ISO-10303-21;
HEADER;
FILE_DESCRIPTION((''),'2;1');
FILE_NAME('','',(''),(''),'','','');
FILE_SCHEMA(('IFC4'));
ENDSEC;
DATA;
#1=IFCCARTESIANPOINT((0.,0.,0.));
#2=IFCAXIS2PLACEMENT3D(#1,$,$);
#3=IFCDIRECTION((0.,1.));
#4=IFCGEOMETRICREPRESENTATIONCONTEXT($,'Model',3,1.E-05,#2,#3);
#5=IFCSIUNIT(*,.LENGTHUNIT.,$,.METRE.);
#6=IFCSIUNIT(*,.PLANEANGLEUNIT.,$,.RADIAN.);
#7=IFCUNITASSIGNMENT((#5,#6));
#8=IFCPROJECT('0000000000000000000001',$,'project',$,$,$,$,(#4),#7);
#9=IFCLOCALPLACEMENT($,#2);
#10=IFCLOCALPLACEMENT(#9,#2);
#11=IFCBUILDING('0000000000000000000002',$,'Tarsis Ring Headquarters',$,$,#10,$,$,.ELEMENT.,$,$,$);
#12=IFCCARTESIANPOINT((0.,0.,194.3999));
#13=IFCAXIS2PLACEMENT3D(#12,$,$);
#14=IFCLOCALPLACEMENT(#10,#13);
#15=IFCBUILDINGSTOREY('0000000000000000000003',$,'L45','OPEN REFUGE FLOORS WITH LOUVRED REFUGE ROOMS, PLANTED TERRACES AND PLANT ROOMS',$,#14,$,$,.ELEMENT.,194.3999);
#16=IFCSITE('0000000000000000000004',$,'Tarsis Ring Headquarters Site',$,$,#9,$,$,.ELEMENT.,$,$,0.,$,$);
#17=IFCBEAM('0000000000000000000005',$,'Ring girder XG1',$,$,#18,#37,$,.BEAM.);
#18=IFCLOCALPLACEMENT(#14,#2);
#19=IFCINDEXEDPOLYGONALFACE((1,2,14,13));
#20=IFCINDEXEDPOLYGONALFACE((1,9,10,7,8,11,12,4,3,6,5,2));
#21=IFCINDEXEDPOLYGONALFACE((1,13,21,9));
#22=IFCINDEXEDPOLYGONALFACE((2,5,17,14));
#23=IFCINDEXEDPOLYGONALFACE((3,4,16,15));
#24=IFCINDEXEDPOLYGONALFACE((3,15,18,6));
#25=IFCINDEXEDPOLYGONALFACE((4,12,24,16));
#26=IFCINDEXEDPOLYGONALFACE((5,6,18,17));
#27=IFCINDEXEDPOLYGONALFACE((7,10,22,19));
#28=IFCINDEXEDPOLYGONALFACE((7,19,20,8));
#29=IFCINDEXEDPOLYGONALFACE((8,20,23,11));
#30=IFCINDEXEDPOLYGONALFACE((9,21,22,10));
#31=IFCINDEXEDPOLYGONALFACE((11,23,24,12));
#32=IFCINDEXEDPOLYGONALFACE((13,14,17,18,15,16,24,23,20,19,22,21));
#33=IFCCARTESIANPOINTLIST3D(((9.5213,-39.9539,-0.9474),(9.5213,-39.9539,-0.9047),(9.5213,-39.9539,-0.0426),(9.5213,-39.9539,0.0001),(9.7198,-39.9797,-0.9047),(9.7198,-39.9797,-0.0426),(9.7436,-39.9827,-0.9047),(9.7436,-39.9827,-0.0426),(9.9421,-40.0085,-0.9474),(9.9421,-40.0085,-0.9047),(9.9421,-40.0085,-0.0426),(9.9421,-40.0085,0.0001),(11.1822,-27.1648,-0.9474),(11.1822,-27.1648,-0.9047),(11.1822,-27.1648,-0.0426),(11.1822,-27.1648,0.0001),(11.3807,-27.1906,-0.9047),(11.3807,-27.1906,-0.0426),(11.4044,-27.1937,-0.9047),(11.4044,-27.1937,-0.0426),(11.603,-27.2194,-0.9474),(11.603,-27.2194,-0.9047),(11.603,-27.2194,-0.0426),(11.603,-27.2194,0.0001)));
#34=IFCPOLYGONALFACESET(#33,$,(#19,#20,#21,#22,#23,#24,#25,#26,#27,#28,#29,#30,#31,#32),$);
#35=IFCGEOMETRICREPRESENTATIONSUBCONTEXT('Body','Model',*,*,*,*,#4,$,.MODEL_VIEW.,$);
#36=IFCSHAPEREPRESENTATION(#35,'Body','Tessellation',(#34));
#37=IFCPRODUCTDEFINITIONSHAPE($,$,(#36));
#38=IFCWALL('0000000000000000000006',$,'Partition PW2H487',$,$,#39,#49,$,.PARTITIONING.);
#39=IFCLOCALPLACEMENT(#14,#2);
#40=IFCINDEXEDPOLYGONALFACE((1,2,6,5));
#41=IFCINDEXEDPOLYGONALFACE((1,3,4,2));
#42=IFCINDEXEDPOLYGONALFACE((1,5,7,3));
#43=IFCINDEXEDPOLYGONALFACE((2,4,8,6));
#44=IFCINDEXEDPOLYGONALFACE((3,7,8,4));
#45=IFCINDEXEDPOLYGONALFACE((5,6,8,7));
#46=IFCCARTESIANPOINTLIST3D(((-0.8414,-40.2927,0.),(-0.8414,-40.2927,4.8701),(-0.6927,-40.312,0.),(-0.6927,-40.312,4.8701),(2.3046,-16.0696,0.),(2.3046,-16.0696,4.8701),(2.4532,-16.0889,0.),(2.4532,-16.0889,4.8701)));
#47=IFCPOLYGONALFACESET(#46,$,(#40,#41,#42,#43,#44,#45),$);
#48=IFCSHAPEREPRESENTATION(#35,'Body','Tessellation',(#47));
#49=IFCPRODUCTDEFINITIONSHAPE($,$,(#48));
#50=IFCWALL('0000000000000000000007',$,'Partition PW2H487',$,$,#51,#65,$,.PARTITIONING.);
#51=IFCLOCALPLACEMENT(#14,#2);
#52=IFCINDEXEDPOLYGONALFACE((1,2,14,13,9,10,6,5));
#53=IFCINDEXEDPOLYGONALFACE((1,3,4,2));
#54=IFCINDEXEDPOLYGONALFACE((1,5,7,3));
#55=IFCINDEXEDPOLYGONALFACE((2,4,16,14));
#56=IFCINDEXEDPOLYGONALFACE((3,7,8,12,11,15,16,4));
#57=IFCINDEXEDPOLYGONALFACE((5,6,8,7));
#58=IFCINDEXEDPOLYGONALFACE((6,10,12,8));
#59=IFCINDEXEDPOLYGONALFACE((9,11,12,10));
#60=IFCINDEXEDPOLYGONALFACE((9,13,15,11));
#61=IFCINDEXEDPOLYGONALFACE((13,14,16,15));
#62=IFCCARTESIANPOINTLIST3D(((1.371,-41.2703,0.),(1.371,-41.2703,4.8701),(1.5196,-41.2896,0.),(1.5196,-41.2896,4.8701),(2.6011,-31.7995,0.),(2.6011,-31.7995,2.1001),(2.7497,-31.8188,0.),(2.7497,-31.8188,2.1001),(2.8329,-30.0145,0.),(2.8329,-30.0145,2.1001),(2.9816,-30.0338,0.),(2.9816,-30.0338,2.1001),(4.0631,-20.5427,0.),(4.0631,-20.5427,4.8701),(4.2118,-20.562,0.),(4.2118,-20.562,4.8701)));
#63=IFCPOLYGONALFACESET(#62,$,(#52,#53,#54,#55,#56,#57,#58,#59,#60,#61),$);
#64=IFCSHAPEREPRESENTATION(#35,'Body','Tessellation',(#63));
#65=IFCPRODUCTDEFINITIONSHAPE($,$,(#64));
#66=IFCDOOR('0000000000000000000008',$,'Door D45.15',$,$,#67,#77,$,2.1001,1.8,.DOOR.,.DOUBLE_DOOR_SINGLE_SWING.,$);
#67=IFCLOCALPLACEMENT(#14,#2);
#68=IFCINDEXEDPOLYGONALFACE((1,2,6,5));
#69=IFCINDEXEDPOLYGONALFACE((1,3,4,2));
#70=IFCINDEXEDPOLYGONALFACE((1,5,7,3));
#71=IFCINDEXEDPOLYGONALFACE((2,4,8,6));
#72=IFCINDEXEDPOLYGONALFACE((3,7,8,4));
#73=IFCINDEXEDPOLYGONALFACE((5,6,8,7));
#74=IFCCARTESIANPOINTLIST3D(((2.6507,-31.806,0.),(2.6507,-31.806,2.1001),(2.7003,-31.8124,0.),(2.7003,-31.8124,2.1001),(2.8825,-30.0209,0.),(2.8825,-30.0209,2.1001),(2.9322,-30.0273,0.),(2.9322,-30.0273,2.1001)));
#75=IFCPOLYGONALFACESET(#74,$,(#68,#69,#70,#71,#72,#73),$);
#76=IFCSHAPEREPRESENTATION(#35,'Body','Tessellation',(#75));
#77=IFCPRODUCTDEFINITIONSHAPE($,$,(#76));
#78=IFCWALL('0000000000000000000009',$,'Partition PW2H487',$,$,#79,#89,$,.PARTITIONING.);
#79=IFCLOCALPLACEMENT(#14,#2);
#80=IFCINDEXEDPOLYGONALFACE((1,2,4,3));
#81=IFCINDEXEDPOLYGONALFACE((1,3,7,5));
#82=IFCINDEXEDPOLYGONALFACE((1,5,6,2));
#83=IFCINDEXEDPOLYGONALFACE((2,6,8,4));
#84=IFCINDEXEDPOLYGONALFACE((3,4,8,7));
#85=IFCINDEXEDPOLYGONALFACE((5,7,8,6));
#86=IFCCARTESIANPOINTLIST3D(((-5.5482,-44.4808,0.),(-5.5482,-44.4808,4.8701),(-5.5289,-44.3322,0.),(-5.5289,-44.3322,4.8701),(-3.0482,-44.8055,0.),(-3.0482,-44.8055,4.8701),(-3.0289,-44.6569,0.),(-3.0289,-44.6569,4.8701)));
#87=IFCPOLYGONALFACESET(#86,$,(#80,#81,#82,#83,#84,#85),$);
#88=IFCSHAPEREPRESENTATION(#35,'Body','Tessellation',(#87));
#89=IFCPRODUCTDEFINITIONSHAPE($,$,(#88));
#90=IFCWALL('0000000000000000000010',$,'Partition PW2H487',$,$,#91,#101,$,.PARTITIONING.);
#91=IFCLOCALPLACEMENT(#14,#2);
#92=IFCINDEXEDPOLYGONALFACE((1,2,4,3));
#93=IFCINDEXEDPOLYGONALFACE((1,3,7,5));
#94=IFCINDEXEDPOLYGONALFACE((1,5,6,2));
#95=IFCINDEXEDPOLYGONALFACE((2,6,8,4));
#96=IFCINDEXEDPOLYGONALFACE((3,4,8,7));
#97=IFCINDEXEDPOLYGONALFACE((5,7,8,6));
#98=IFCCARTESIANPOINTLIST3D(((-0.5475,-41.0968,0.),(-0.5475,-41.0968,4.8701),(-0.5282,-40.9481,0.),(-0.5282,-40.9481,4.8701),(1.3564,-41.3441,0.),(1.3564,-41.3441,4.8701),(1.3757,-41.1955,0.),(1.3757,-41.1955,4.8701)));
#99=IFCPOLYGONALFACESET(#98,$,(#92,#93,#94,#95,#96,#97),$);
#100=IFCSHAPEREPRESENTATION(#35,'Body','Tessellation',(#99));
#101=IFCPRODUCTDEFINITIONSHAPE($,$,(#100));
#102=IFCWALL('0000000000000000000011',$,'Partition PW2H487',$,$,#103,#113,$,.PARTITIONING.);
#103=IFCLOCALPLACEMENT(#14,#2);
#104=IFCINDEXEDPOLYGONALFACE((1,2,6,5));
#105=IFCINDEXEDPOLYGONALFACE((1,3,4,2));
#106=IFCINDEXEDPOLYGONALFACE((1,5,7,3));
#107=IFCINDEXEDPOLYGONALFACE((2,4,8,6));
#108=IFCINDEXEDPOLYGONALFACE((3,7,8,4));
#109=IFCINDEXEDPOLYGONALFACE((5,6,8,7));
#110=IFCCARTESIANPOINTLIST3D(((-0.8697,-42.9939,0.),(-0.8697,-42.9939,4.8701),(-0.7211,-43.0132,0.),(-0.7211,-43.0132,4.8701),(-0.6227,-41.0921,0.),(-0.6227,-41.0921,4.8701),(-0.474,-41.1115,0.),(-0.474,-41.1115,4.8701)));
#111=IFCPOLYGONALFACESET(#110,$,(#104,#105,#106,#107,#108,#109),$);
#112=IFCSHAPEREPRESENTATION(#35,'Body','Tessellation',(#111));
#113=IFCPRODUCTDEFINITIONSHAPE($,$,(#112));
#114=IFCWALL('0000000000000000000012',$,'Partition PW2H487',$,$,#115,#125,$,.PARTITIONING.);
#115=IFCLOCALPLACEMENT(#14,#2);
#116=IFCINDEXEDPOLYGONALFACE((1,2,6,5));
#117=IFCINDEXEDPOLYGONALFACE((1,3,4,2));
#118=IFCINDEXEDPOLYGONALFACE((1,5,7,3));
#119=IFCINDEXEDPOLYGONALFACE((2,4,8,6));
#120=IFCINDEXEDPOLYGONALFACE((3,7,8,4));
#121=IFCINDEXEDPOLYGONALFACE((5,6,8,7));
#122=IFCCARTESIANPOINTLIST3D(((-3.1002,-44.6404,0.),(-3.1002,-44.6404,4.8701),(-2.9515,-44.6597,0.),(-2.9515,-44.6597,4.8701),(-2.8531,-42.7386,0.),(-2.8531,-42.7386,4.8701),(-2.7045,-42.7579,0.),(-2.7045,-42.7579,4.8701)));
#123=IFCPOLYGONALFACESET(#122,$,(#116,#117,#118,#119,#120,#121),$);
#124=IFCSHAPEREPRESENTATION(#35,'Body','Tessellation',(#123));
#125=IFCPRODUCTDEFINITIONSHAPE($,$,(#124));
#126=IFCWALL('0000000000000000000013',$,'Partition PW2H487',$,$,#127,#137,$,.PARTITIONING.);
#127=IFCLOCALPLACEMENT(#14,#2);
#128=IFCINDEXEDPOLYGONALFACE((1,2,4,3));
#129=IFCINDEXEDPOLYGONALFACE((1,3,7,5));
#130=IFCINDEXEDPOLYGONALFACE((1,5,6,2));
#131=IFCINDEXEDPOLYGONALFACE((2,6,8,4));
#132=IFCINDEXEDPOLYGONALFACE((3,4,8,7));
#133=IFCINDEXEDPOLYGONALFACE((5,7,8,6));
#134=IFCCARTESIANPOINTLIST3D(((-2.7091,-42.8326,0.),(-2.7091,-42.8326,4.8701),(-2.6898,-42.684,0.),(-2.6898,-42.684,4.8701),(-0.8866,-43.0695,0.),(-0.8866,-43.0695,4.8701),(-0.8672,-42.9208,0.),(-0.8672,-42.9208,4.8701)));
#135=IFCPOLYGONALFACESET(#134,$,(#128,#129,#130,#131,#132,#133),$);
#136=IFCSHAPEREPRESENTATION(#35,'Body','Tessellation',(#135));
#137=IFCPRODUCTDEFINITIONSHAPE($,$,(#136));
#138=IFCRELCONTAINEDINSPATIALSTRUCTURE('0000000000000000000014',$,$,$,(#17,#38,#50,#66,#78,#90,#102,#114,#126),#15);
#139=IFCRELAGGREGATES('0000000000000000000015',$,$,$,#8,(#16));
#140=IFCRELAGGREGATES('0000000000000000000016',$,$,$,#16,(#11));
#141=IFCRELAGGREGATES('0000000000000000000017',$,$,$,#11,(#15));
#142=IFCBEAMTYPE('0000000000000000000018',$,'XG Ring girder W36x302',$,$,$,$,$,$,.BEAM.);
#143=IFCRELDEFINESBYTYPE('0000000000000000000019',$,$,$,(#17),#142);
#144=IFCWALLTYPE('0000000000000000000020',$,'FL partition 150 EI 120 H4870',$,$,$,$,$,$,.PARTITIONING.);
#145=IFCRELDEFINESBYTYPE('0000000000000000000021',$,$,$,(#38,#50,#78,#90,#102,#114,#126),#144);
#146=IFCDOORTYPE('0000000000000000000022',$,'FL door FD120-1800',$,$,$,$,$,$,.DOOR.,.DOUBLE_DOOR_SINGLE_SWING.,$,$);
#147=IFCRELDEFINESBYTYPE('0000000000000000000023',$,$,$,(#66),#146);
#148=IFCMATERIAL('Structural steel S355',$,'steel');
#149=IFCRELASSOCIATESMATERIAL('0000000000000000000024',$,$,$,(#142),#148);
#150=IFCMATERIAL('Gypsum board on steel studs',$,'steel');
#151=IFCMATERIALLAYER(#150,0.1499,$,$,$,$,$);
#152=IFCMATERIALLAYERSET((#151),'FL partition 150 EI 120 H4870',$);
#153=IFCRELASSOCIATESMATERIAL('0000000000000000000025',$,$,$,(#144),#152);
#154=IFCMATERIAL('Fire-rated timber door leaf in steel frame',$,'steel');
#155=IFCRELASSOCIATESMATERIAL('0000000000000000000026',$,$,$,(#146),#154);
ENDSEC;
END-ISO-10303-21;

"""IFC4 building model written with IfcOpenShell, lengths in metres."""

from ifc_helpers import new_model, si_unit, direction, frame, frame_2d, origin, origin_2d, place, context, subcontext, project, spatial, rectangle, i_section, extrude, material, layer, layer_set, material_profile, profile_set, type_object, element, fill, save


model = new_model("IFC4")

# Units and contexts
model_context = context("Model", 3, precision=1e-05, world=origin(), true_north=direction((0.0, 1.0)))
body_context = subcontext(model_context, "Body", "Model", "MODEL_VIEW")
ifc_project = project(units=[si_unit("LENGTHUNIT", "METRE"), si_unit("PLANEANGLEUNIT", "RADIAN")], contexts=[model_context])

# Site, building, storey
site_placement = place(None, origin())
site = spatial("IfcSite", under=ifc_project, at=site_placement, Name="Tarsis Ring Headquarters Site", CompositionType="ELEMENT", RefElevation=0.0)
building_placement = place(site_placement, origin())
building = spatial("IfcBuilding", under=site, at=building_placement, Name="Tarsis Ring Headquarters", CompositionType="ELEMENT")
storey_placement = place(building_placement, frame((0.0, 0.0, 194.3999)))
storey = spatial("IfcBuildingStorey", under=building, at=storey_placement, Name="L45", Description="OPEN REFUGE FLOORS WITH LOUVRED REFUGE ROOMS, PLANTED TERRACES AND PLANT ROOMS", CompositionType="ELEMENT", Elevation=194.3999)

# Shared definitions
ifc_material_1 = material(Name="Structural steel S355", Category="steel")

# Beam
ifc_material_profile_1 = material_profile(ifc_material_1, i_section(OverallWidth=0.4243, OverallDepth=0.9475, WebThickness=0.0239, FlangeThickness=0.0427, at=origin_2d()), Name="W36x302")
ifc_profile_set_1 = profile_set([ifc_material_profile_1], Name="Structural steel S355")
beam_type = type_object("IfcBeamType", Name="XG Ring girder W36x302", PredefinedType="BEAM", material=ifc_profile_set_1)
beam_1_placement = place(storey_placement, frame((9.7317, -39.9812, -0.4736), z_axis=(0.128786, 0.991672, 0.0), x_axis=(-0.991672, 0.128786, 0.0)))
element("IfcBeam", 1, at=beam_1_placement, inside=storey, type_object=beam_type, Name="Ring girder XG1", PredefinedType="BEAM", context=body_context, shape_type="SweptSolid", body=[
    extrude(i_section(OverallWidth=0.4243, OverallDepth=0.9475, WebThickness=0.0239, FlangeThickness=0.0427, at=origin_2d()), origin(), (0.0, 0.0, 1.0), 12.8965),
])

# Wall
ifc_material_2 = material(Name="Gypsum board on steel studs", Category="steel")
ifc_layer_1 = layer(ifc_material_2, 0.1499)
ifc_layer_set_1 = layer_set([ifc_layer_1], Name="FL partition 150 EI 120 H4870")
wall_type_1 = type_object("IfcWallType", Name="FL partition 150 EI 120 H4870", PredefinedType="PARTITIONING", material=ifc_layer_set_1)
wall_1_placement = place(storey_placement, frame((-0.7671, -40.3025, 0.0), z_axis=(0.0, 0.0, 1.0), x_axis=(0.128794, 0.991671, 0.0)))
element("IfcWall", 2, at=wall_1_placement, inside=storey, type_object=wall_type_1, Name="Partition PW2H487", PredefinedType="PARTITIONING", context=body_context, shape_type="SweptSolid", body=[
    extrude(rectangle(XDim=24.4265, YDim=0.1499, at=frame_2d((12.2134, 0.0))), origin(), (0.0, 0.0, 1.0), 4.8701),
])

# Wall, opening, door
wall_2_placement = place(storey_placement, frame((1.4453, -41.2798, 0.0), z_axis=(0.0, 0.0, 1.0), x_axis=(0.1288, 0.991671, 0.0)))
wall_2 = element("IfcWall", 3, at=wall_2_placement, inside=storey, type_object=wall_type_1, Name="Partition PW2H487", PredefinedType="PARTITIONING", context=body_context, shape_type="SweptSolid", body=[
    extrude(rectangle(XDim=20.9016, YDim=0.1499, at=frame_2d((10.4507, 0.0))), origin(), (0.0, 0.0, 1.0), 4.8701),
])
opening_1_placement = place(wall_2_placement, frame((9.5503, 0.0, 0.0)))
opening_1 = element("IfcOpeningElement", 4, at=opening_1_placement, cuts=wall_2, PredefinedType="OPENING", context=body_context, shape_type="SweptSolid", body=[
    extrude(rectangle(XDim=1.8, YDim=2.1001, at=frame_2d((0.8999, 1.05))), frame((0.0, 0.085, 0.0), z_axis=(0.0, -1.0, 0.0), x_axis=(1.0, 0.0, 0.0)), (0.0, 0.0, 1.0), 0.1699),
])
ifc_material_3 = material(Name="Fire-rated timber door leaf in steel frame", Category="steel")
door_type_1 = type_object("IfcDoorType", Name="FL door FD120-1800", OperationType="DOUBLE_DOOR_SINGLE_SWING", PredefinedType="DOOR", material=ifc_material_3)
door_1_placement = place(opening_1_placement, origin())
door_1 = element("IfcDoor", 5, at=door_1_placement, inside=storey, type_object=door_type_1, Name="Door D45.15", OperationType="DOUBLE_DOOR_SINGLE_SWING", OverallHeight=2.1001, OverallWidth=1.8, PredefinedType="DOOR", context=body_context, shape_type="SweptSolid", body=[
    extrude(rectangle(XDim=1.8, YDim=2.1001, at=frame_2d((0.8999, 1.05))), frame((0.0, 0.0249, 0.0), z_axis=(0.0, -1.0, 0.0), x_axis=(1.0, 0.0, 0.0)), (0.0, 0.0, 1.0), 0.05),
])
fill(opening_1, door_1)

# Walls
wall_3_placement = place(storey_placement, frame((-5.5386, -44.4065, 0.0), z_axis=(0.0, 0.0, 1.0), x_axis=(0.99167, -0.128801, 0.0)))
element("IfcWall", 6, at=wall_3_placement, inside=storey, type_object=wall_type_1, Name="Partition PW2H487", PredefinedType="PARTITIONING", context=body_context, shape_type="SweptSolid", body=[
    extrude(rectangle(XDim=2.521, YDim=0.1499, at=frame_2d((1.2605, 0.0))), origin(), (0.0, 0.0, 1.0), 4.8701),
])
wall_4_placement = place(storey_placement, frame((-0.5378, -41.0225, 0.0), z_axis=(0.0, 0.0, 1.0), x_axis=(0.991668, -0.128823, 0.0)))
element("IfcWall", 7, at=wall_4_placement, inside=storey, type_object=wall_type_1, Name="Partition PW2H487", PredefinedType="PARTITIONING", context=body_context, shape_type="SweptSolid", body=[
    extrude(rectangle(XDim=1.9199, YDim=0.1499, at=frame_2d((0.96, 0.0))), origin(), (0.0, 0.0, 1.0), 4.8701),
])
for number, where, z_axis, x_axis, name in (
    (8, (-0.7954, -43.0037, 0.0), (0.0, 0.0, 1.0), (0.128828, 0.991667, 0.0), "Partition PW2H487"),
    (9, (-3.0259, -44.6501, 0.0), (0.0, 0.0, 1.0), (0.128828, 0.991667, 0.0), "Partition PW2H487"),
):
    element("IfcWall", number, at=place(storey_placement, frame(where, z_axis=z_axis, x_axis=x_axis)), inside=storey, type_object=wall_type_1, Name=name, PredefinedType="PARTITIONING", context=body_context, shape_type="SweptSolid", body=[
        extrude(rectangle(XDim=1.9177, YDim=0.1499, at=frame_2d((0.959, 0.0))), origin(), (0.0, 0.0, 1.0), 4.8701),
    ])
wall_5_placement = place(storey_placement, frame((-2.6995, -42.7583, 0.0), z_axis=(0.0, 0.0, 1.0), x_axis=(0.991663, -0.128856, 0.0)))
element("IfcWall", 10, at=wall_5_placement, inside=storey, type_object=wall_type_1, Name="Partition PW2H487", PredefinedType="PARTITIONING", context=body_context, shape_type="SweptSolid", body=[
    extrude(rectangle(XDim=1.8379, YDim=0.1499, at=frame_2d((0.9189, 0.0))), origin(), (0.0, 0.0, 1.0), 4.8701),
])

save(model, "model.ifc")
